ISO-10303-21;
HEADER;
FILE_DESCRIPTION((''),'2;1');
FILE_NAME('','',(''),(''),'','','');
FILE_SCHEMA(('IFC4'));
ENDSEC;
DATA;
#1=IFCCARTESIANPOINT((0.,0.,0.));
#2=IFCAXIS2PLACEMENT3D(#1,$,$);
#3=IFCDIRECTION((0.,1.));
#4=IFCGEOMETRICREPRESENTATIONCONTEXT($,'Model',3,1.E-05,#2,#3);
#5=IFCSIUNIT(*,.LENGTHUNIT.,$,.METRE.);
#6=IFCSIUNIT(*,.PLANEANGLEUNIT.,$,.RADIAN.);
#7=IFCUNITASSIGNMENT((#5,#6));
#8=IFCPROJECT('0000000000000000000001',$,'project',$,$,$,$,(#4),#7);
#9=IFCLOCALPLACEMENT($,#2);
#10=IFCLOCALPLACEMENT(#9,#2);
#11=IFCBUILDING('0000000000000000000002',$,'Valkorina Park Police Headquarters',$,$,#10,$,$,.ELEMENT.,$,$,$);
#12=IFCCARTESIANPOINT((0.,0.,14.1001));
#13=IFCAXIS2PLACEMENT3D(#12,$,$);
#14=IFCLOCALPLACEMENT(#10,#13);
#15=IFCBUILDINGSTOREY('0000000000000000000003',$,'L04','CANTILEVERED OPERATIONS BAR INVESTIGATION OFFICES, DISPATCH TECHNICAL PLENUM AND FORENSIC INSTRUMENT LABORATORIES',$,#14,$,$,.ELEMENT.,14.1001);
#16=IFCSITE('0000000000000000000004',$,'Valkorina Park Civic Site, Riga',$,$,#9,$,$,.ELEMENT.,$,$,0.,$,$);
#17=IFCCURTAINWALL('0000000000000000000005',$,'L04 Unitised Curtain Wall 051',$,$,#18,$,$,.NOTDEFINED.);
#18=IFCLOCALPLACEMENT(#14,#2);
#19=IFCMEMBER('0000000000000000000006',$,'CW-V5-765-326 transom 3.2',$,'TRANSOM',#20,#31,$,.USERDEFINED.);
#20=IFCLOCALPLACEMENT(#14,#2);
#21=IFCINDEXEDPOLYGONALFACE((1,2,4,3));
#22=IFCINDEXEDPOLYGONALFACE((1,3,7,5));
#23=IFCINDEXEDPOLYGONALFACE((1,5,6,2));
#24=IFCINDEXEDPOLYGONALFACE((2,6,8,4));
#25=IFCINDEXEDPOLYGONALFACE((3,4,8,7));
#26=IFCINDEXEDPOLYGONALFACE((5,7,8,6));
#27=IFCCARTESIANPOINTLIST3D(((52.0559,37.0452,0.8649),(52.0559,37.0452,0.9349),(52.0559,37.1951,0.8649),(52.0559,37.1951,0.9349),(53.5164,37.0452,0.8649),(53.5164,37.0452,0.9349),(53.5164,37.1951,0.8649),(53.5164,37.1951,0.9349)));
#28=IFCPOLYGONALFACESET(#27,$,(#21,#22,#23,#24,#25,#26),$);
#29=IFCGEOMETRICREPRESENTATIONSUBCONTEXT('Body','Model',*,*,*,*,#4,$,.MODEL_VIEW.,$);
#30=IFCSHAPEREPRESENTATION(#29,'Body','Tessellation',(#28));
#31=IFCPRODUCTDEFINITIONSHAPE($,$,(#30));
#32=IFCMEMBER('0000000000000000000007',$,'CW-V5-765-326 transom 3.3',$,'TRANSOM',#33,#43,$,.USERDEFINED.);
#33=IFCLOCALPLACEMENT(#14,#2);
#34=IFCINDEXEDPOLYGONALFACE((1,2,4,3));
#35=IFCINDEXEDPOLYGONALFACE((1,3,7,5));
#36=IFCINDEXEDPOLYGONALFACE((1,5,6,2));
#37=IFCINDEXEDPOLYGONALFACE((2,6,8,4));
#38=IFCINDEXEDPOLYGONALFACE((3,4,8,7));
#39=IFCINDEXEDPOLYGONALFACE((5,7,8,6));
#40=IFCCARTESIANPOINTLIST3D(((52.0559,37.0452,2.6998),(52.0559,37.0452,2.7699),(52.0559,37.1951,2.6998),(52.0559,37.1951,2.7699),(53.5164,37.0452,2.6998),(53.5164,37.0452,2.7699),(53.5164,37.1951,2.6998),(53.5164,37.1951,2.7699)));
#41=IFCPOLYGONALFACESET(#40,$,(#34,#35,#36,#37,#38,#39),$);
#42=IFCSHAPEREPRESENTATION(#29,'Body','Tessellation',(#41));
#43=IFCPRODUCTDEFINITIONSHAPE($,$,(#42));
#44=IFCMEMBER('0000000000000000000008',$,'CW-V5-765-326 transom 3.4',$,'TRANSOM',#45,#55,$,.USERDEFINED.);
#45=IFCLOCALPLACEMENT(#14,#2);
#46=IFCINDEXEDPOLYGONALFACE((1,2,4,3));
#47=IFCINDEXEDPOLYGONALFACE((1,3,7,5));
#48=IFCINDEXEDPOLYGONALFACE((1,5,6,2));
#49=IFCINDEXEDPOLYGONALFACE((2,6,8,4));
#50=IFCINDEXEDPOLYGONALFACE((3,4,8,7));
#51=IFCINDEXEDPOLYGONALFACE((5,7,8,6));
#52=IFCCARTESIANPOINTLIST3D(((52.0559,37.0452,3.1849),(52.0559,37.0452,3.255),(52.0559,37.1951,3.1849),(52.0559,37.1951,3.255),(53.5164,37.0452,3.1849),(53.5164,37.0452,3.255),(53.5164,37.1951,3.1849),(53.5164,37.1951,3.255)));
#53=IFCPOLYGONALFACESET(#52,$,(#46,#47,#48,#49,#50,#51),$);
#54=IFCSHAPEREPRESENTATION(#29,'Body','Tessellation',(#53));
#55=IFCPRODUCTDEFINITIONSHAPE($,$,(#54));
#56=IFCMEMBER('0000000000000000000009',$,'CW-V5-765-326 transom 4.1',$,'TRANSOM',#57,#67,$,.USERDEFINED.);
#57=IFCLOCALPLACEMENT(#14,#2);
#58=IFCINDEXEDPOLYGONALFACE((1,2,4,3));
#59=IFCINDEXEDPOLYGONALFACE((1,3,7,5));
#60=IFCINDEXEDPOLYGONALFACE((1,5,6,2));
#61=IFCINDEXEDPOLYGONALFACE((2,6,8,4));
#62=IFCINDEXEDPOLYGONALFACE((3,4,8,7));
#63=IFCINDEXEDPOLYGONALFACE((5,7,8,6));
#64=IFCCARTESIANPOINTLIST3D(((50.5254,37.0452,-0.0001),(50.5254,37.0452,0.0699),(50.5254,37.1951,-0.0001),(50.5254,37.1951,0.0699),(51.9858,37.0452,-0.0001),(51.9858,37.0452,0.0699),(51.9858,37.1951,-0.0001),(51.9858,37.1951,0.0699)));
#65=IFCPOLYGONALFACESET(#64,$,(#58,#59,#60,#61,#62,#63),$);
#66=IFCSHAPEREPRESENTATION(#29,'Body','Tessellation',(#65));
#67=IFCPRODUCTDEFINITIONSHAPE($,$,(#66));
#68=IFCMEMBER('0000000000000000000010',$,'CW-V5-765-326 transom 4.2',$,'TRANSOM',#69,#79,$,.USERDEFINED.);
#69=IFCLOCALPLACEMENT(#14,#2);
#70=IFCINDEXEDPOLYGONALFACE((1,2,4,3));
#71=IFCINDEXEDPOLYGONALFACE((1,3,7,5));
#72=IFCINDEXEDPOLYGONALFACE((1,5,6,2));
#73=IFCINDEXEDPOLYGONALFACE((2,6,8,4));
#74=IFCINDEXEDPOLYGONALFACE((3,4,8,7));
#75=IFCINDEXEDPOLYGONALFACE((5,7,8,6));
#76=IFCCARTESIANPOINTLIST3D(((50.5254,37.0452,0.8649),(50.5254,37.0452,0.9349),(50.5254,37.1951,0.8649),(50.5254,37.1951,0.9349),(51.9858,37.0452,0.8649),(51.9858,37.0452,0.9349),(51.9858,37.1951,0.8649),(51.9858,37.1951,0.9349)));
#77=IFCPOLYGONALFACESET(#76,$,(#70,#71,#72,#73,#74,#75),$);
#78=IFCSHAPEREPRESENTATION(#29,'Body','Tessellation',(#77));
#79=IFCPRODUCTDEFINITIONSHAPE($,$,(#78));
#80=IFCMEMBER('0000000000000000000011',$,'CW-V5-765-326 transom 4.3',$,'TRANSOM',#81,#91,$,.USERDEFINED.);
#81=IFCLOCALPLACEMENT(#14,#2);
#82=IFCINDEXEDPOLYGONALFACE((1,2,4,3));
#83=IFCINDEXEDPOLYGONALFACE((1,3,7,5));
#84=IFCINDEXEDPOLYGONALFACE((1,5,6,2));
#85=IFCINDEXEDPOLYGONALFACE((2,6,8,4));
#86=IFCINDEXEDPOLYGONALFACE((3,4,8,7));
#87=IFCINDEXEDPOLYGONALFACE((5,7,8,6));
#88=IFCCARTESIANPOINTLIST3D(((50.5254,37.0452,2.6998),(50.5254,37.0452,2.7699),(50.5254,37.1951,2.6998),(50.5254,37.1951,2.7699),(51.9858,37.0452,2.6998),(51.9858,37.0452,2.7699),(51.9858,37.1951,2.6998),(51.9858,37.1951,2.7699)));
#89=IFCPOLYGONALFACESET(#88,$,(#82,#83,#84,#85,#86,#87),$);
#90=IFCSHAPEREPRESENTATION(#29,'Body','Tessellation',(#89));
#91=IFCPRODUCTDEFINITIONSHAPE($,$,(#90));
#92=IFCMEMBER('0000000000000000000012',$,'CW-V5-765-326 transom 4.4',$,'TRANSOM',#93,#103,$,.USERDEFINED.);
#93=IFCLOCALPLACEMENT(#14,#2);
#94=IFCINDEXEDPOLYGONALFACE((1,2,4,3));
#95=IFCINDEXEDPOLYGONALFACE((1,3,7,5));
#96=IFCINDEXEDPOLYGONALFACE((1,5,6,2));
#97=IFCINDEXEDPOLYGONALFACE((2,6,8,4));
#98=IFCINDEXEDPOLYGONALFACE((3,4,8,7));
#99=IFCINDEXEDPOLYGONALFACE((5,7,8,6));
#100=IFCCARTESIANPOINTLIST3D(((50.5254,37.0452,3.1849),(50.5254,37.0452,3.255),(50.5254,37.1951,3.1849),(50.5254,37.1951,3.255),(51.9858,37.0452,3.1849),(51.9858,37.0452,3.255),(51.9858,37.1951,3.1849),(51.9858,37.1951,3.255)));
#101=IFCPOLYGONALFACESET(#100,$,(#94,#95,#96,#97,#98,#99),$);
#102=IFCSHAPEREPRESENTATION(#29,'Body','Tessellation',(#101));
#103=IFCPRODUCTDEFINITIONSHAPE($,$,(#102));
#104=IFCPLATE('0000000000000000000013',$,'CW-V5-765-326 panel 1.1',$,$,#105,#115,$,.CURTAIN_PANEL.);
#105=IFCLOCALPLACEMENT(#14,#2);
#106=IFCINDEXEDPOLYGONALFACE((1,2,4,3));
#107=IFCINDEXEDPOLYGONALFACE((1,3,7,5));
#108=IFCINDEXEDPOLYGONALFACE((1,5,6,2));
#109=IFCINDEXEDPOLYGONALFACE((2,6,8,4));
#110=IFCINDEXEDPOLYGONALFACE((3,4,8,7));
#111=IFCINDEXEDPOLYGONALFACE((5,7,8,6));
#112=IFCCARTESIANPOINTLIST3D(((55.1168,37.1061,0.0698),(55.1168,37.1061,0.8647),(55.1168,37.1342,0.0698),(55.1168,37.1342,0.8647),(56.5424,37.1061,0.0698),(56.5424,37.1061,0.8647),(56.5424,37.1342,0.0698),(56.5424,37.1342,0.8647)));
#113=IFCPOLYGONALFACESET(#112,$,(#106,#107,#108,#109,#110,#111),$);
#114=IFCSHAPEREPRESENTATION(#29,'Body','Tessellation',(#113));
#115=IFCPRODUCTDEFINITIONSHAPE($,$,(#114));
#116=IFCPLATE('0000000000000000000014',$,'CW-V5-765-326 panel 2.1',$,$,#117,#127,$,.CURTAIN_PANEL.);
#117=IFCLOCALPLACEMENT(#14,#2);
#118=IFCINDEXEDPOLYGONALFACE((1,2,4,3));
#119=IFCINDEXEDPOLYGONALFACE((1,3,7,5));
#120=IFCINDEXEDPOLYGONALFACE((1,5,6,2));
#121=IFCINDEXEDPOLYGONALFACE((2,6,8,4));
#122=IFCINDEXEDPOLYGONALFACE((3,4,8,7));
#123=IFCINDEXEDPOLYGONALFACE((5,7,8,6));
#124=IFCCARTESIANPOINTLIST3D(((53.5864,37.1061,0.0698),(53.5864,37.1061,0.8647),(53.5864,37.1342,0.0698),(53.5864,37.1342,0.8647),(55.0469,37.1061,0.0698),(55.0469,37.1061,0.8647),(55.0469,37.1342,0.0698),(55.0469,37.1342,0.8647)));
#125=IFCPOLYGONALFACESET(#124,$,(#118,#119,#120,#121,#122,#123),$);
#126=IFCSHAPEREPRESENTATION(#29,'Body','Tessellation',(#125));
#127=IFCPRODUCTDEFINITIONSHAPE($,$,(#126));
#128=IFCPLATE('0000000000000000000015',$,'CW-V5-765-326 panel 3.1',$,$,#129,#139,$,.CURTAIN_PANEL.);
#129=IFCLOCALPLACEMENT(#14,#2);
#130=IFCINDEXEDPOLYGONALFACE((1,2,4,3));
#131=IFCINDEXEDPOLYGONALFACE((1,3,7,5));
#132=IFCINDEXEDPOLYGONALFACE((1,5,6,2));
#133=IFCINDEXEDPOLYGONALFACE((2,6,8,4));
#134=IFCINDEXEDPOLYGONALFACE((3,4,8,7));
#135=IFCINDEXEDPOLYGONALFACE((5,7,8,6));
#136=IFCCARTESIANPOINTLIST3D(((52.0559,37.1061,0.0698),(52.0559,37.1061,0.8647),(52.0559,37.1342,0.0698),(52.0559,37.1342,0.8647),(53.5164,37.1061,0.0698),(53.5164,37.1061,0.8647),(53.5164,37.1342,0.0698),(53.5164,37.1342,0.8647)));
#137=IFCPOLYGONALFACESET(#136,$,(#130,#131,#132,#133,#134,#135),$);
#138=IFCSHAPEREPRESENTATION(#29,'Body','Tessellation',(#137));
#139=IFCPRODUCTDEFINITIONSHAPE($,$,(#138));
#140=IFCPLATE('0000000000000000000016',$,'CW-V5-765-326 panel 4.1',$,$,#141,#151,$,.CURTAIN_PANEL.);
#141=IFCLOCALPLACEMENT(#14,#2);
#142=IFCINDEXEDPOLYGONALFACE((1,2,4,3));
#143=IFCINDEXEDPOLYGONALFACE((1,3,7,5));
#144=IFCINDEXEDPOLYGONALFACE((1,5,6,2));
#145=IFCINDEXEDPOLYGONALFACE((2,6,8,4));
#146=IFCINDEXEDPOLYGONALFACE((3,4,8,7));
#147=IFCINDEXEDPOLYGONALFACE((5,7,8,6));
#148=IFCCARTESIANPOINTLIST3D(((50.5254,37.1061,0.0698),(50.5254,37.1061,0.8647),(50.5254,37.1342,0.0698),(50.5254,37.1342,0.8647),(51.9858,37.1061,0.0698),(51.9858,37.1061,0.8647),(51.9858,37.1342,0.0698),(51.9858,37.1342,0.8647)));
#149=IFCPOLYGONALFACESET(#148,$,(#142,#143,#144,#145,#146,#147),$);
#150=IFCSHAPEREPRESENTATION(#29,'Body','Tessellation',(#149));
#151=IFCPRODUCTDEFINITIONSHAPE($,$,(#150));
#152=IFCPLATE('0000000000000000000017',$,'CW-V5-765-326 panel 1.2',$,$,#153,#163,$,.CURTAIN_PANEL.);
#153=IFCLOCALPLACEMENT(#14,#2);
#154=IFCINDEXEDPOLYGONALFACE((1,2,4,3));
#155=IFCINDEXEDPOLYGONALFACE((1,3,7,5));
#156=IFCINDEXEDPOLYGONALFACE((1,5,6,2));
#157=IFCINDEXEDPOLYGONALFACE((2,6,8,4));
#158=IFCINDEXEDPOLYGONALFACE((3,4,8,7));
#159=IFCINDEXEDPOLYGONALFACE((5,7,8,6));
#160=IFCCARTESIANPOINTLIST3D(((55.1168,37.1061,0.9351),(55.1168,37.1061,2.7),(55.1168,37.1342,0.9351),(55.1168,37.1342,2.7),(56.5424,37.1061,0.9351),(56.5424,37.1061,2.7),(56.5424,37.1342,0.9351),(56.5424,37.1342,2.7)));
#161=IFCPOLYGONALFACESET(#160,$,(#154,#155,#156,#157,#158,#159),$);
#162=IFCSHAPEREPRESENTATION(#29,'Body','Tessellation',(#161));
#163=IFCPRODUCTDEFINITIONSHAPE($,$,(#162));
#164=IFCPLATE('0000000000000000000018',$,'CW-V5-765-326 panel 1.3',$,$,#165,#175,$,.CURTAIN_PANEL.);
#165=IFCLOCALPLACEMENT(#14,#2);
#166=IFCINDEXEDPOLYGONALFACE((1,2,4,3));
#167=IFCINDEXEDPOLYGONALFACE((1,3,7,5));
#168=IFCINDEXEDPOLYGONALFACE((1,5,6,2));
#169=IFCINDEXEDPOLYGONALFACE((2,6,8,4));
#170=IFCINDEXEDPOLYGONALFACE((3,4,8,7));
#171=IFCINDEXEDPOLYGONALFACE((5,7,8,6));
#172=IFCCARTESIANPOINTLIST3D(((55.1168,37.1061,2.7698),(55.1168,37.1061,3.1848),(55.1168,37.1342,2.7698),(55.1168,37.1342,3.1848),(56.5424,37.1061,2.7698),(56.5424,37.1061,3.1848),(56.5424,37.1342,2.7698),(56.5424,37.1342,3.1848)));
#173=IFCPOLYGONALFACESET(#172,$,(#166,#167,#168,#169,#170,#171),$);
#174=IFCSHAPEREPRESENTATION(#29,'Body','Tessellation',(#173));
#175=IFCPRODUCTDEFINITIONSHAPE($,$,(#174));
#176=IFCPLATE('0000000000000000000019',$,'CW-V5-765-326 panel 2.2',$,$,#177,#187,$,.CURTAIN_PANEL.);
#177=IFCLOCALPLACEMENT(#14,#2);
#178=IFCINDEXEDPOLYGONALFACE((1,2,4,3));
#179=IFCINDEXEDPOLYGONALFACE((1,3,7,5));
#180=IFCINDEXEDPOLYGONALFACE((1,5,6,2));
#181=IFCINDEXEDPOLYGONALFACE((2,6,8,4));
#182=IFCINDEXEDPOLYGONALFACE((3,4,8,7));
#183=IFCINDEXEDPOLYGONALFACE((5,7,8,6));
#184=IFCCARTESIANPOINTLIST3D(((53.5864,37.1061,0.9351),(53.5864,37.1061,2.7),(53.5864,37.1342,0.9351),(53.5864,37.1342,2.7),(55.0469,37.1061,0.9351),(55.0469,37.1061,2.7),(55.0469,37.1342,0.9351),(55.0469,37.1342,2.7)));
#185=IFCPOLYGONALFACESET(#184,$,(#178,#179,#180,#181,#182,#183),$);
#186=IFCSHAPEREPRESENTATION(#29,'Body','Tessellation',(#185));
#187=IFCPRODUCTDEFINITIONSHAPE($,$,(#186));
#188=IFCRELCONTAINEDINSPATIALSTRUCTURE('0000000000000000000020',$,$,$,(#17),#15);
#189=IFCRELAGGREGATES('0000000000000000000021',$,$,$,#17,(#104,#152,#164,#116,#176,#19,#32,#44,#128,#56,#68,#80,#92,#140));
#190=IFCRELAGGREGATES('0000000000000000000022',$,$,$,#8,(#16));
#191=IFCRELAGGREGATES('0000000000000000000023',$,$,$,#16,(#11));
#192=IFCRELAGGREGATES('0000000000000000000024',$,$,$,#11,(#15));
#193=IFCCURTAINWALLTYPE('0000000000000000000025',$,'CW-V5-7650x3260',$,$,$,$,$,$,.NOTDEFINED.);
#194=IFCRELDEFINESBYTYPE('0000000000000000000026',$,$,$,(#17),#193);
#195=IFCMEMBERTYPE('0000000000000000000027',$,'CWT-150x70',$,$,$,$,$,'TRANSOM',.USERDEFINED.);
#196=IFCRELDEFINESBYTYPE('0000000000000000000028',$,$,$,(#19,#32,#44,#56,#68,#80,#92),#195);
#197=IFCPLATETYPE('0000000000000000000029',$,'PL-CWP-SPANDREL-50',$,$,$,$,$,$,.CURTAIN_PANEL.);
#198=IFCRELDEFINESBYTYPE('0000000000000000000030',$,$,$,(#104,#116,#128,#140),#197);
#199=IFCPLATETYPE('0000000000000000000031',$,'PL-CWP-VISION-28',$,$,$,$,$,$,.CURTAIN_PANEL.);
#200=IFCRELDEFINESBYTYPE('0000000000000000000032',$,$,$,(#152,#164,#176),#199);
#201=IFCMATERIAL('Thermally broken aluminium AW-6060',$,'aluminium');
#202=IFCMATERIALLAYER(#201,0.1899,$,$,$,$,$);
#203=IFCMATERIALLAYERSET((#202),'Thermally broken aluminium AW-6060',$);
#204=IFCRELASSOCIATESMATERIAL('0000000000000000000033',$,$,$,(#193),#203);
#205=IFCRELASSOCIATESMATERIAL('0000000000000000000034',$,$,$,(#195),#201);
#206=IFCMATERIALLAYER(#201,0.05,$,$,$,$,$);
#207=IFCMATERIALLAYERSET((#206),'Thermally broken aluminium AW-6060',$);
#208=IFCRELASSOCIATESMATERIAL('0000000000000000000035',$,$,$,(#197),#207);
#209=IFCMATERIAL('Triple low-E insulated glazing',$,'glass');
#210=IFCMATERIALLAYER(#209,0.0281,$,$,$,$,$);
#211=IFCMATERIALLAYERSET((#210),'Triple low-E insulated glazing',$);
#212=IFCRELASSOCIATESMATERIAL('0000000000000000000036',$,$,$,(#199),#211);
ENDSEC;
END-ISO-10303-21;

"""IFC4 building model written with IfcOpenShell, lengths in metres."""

from ifc_helpers import new_model, si_unit, direction, frame, origin, origin_2d, place, context, subcontext, project, spatial, rectangle, extrude, material, layer, layer_set, material_profile, profile_set, type_object, element, aggregate, save


model = new_model("IFC4")

# Units and contexts
model_context = context("Model", 3, precision=1e-05, world=origin(), true_north=direction((0.0, 1.0)))
body_context = subcontext(model_context, "Body", "Model", "MODEL_VIEW")
ifc_project = project(units=[si_unit("LENGTHUNIT", "METRE"), si_unit("PLANEANGLEUNIT", "RADIAN")], contexts=[model_context])

# Site, building, storey
site_placement = place(None, origin())
site = spatial("IfcSite", under=ifc_project, at=site_placement, Name="Valkorina Park Civic Site, Riga", CompositionType="ELEMENT", RefElevation=0.0)
building_placement = place(site_placement, origin())
building = spatial("IfcBuilding", under=site, at=building_placement, Name="Valkorina Park Police Headquarters", CompositionType="ELEMENT")
storey_placement = place(building_placement, frame((0.0, 0.0, 14.1001)))
storey = spatial("IfcBuildingStorey", under=building, at=storey_placement, Name="L04", Description="CANTILEVERED OPERATIONS BAR INVESTIGATION OFFICES, DISPATCH TECHNICAL PLENUM AND FORENSIC INSTRUMENT LABORATORIES", CompositionType="ELEMENT", Elevation=14.1001)

# Shared definitions
ifc_material_1 = material(Name="Thermally broken aluminium AW-6060", Category="aluminium")

# Curtain wall, members, plates
ifc_layer_1 = layer(ifc_material_1, 0.1899)
ifc_layer_set_1 = layer_set([ifc_layer_1], Name="Thermally broken aluminium AW-6060")
curtain_wall_type_1 = type_object("IfcCurtainWallType", Name="CW-V5-7650x3260", PredefinedType="NOTDEFINED", material=ifc_layer_set_1)
curtain_wall_1_placement = place(storey_placement, origin())
curtain_wall_1 = element("IfcCurtainWall", 1, at=curtain_wall_1_placement, inside=storey, type_object=curtain_wall_type_1, Name="L04 Unitised Curtain Wall 051", PredefinedType="NOTDEFINED")
ifc_material_profile_1 = material_profile(ifc_material_1, rectangle(XDim=0.1499, YDim=0.0701, at=origin_2d()), Name="CWT-02 150x70")
ifc_profile_set_1 = profile_set([ifc_material_profile_1], Name="Thermally broken aluminium AW-6060")
member_type_1 = type_object("IfcMemberType", Name="CWT-150x70", ElementType="TRANSOM", PredefinedType="USERDEFINED", material=ifc_profile_set_1)
member_1_placement = place(storey_placement, frame((53.5164, 37.1201, 0.8999), z_axis=(-1.0, 0.0, 0.0), x_axis=(0.0, -1.0, 0.0)))
member_1 = element("IfcMember", 2, at=member_1_placement, type_object=member_type_1, Name="CW-V5-765-326 transom 3.2", ObjectType="TRANSOM", PredefinedType="USERDEFINED", context=body_context, shape_type="SweptSolid", body=[
    extrude(rectangle(XDim=0.1499, YDim=0.0701, at=origin_2d()), origin(), (0.0, 0.0, 1.0), 1.4604),
])
member_2_placement = place(storey_placement, frame((53.5164, 37.1201, 2.7349), z_axis=(-1.0, 0.0, 0.0), x_axis=(0.0, -1.0, 0.0)))
member_2 = element("IfcMember", 3, at=member_2_placement, type_object=member_type_1, Name="CW-V5-765-326 transom 3.3", ObjectType="TRANSOM", PredefinedType="USERDEFINED", context=body_context, shape_type="SweptSolid", body=[
    extrude(rectangle(XDim=0.1499, YDim=0.0701, at=origin_2d()), origin(), (0.0, 0.0, 1.0), 1.4604),
])
member_3_placement = place(storey_placement, frame((53.5164, 37.1201, 3.22), z_axis=(-1.0, 0.0, 0.0), x_axis=(0.0, -1.0, 0.0)))
member_3 = element("IfcMember", 4, at=member_3_placement, type_object=member_type_1, Name="CW-V5-765-326 transom 3.4", ObjectType="TRANSOM", PredefinedType="USERDEFINED", context=body_context, shape_type="SweptSolid", body=[
    extrude(rectangle(XDim=0.1499, YDim=0.0701, at=origin_2d()), origin(), (0.0, 0.0, 1.0), 1.4604),
])
member_4_placement = place(storey_placement, frame((51.9858, 37.1201, 0.0349), z_axis=(-1.0, 0.0, 0.0), x_axis=(0.0, -1.0, 0.0)))
member_4 = element("IfcMember", 5, at=member_4_placement, type_object=member_type_1, Name="CW-V5-765-326 transom 4.1", ObjectType="TRANSOM", PredefinedType="USERDEFINED", context=body_context, shape_type="SweptSolid", body=[
    extrude(rectangle(XDim=0.1499, YDim=0.0701, at=origin_2d()), origin(), (0.0, 0.0, 1.0), 1.4604),
])
member_5_placement = place(storey_placement, frame((51.9858, 37.1201, 0.8999), z_axis=(-1.0, 0.0, 0.0), x_axis=(0.0, -1.0, 0.0)))
member_5 = element("IfcMember", 6, at=member_5_placement, type_object=member_type_1, Name="CW-V5-765-326 transom 4.2", ObjectType="TRANSOM", PredefinedType="USERDEFINED", context=body_context, shape_type="SweptSolid", body=[
    extrude(rectangle(XDim=0.1499, YDim=0.0701, at=origin_2d()), origin(), (0.0, 0.0, 1.0), 1.4604),
])
member_6_placement = place(storey_placement, frame((51.9858, 37.1201, 2.7349), z_axis=(-1.0, 0.0, 0.0), x_axis=(0.0, -1.0, 0.0)))
member_6 = element("IfcMember", 7, at=member_6_placement, type_object=member_type_1, Name="CW-V5-765-326 transom 4.3", ObjectType="TRANSOM", PredefinedType="USERDEFINED", context=body_context, shape_type="SweptSolid", body=[
    extrude(rectangle(XDim=0.1499, YDim=0.0701, at=origin_2d()), origin(), (0.0, 0.0, 1.0), 1.4604),
])
member_7_placement = place(storey_placement, frame((51.9858, 37.1201, 3.22), z_axis=(-1.0, 0.0, 0.0), x_axis=(0.0, -1.0, 0.0)))
member_7 = element("IfcMember", 8, at=member_7_placement, type_object=member_type_1, Name="CW-V5-765-326 transom 4.4", ObjectType="TRANSOM", PredefinedType="USERDEFINED", context=body_context, shape_type="SweptSolid", body=[
    extrude(rectangle(XDim=0.1499, YDim=0.0701, at=origin_2d()), origin(), (0.0, 0.0, 1.0), 1.4604),
])
ifc_layer_2 = layer(ifc_material_1, 0.05)
ifc_layer_set_2 = layer_set([ifc_layer_2], Name="Thermally broken aluminium AW-6060")
plate_type_1 = type_object("IfcPlateType", Name="PL-CWP-SPANDREL-50", PredefinedType="CURTAIN_PANEL", material=ifc_layer_set_2)
plate_1_placement = place(storey_placement, frame((55.8296, 37.1201, 0.0698), z_axis=(0.0, 0.0, 1.0), x_axis=(-1.0, 0.0, 0.0)))
plate_1 = element("IfcPlate", 9, at=plate_1_placement, type_object=plate_type_1, Name="CW-V5-765-326 panel 1.1", PredefinedType="CURTAIN_PANEL", context=body_context, shape_type="SweptSolid", body=[
    extrude(rectangle(XDim=1.4255, YDim=0.0281, at=origin_2d()), origin(), (0.0, 0.0, 1.0), 0.7949),
])
plate_2_placement = place(storey_placement, frame((54.3167, 37.1201, 0.0698), z_axis=(0.0, 0.0, 1.0), x_axis=(-1.0, 0.0, 0.0)))
plate_2 = element("IfcPlate", 10, at=plate_2_placement, type_object=plate_type_1, Name="CW-V5-765-326 panel 2.1", PredefinedType="CURTAIN_PANEL", context=body_context, shape_type="SweptSolid", body=[
    extrude(rectangle(XDim=1.4604, YDim=0.0281, at=origin_2d()), origin(), (0.0, 0.0, 1.0), 0.7949),
])
plate_3_placement = place(storey_placement, frame((52.7861, 37.1201, 0.0698), z_axis=(0.0, 0.0, 1.0), x_axis=(-1.0, 0.0, 0.0)))
plate_3 = element("IfcPlate", 11, at=plate_3_placement, type_object=plate_type_1, Name="CW-V5-765-326 panel 3.1", PredefinedType="CURTAIN_PANEL", context=body_context, shape_type="SweptSolid", body=[
    extrude(rectangle(XDim=1.4604, YDim=0.0281, at=origin_2d()), origin(), (0.0, 0.0, 1.0), 0.7949),
])
plate_4_placement = place(storey_placement, frame((51.2556, 37.1201, 0.0698), z_axis=(0.0, 0.0, 1.0), x_axis=(-1.0, 0.0, 0.0)))
plate_4 = element("IfcPlate", 12, at=plate_4_placement, type_object=plate_type_1, Name="CW-V5-765-326 panel 4.1", PredefinedType="CURTAIN_PANEL", context=body_context, shape_type="SweptSolid", body=[
    extrude(rectangle(XDim=1.4604, YDim=0.0281, at=origin_2d()), origin(), (0.0, 0.0, 1.0), 0.7949),
])
ifc_material_2 = material(Name="Triple low-E insulated glazing", Category="glass")
ifc_layer_3 = layer(ifc_material_2, 0.0281)
ifc_layer_set_3 = layer_set([ifc_layer_3], Name="Triple low-E insulated glazing")
plate_type_2 = type_object("IfcPlateType", Name="PL-CWP-VISION-28", PredefinedType="CURTAIN_PANEL", material=ifc_layer_set_3)
plate_5_placement = place(storey_placement, frame((55.8296, 37.1201, 0.9351), z_axis=(0.0, 0.0, 1.0), x_axis=(-1.0, 0.0, 0.0)))
plate_5 = element("IfcPlate", 13, at=plate_5_placement, type_object=plate_type_2, Name="CW-V5-765-326 panel 1.2", PredefinedType="CURTAIN_PANEL", context=body_context, shape_type="SweptSolid", body=[
    extrude(rectangle(XDim=1.4255, YDim=0.0281, at=origin_2d()), origin(), (0.0, 0.0, 1.0), 1.7649),
])
plate_6_placement = place(storey_placement, frame((55.8296, 37.1201, 2.7698), z_axis=(0.0, 0.0, 1.0), x_axis=(-1.0, 0.0, 0.0)))
plate_6 = element("IfcPlate", 14, at=plate_6_placement, type_object=plate_type_2, Name="CW-V5-765-326 panel 1.3", PredefinedType="CURTAIN_PANEL", context=body_context, shape_type="SweptSolid", body=[
    extrude(rectangle(XDim=1.4255, YDim=0.0281, at=origin_2d()), origin(), (0.0, 0.0, 1.0), 0.415),
])
plate_7_placement = place(storey_placement, frame((54.3167, 37.1201, 0.9351), z_axis=(0.0, 0.0, 1.0), x_axis=(-1.0, 0.0, 0.0)))
plate_7 = element("IfcPlate", 15, at=plate_7_placement, type_object=plate_type_2, Name="CW-V5-765-326 panel 2.2", PredefinedType="CURTAIN_PANEL", context=body_context, shape_type="SweptSolid", body=[
    extrude(rectangle(XDim=1.4604, YDim=0.0281, at=origin_2d()), origin(), (0.0, 0.0, 1.0), 1.7649),
])
aggregate(curtain_wall_1, [plate_1, plate_5, plate_6, plate_2, plate_7, member_1, member_2, member_3, plate_3, member_4, member_5, member_6, member_7, plate_4])

save(model, "model.ifc")
